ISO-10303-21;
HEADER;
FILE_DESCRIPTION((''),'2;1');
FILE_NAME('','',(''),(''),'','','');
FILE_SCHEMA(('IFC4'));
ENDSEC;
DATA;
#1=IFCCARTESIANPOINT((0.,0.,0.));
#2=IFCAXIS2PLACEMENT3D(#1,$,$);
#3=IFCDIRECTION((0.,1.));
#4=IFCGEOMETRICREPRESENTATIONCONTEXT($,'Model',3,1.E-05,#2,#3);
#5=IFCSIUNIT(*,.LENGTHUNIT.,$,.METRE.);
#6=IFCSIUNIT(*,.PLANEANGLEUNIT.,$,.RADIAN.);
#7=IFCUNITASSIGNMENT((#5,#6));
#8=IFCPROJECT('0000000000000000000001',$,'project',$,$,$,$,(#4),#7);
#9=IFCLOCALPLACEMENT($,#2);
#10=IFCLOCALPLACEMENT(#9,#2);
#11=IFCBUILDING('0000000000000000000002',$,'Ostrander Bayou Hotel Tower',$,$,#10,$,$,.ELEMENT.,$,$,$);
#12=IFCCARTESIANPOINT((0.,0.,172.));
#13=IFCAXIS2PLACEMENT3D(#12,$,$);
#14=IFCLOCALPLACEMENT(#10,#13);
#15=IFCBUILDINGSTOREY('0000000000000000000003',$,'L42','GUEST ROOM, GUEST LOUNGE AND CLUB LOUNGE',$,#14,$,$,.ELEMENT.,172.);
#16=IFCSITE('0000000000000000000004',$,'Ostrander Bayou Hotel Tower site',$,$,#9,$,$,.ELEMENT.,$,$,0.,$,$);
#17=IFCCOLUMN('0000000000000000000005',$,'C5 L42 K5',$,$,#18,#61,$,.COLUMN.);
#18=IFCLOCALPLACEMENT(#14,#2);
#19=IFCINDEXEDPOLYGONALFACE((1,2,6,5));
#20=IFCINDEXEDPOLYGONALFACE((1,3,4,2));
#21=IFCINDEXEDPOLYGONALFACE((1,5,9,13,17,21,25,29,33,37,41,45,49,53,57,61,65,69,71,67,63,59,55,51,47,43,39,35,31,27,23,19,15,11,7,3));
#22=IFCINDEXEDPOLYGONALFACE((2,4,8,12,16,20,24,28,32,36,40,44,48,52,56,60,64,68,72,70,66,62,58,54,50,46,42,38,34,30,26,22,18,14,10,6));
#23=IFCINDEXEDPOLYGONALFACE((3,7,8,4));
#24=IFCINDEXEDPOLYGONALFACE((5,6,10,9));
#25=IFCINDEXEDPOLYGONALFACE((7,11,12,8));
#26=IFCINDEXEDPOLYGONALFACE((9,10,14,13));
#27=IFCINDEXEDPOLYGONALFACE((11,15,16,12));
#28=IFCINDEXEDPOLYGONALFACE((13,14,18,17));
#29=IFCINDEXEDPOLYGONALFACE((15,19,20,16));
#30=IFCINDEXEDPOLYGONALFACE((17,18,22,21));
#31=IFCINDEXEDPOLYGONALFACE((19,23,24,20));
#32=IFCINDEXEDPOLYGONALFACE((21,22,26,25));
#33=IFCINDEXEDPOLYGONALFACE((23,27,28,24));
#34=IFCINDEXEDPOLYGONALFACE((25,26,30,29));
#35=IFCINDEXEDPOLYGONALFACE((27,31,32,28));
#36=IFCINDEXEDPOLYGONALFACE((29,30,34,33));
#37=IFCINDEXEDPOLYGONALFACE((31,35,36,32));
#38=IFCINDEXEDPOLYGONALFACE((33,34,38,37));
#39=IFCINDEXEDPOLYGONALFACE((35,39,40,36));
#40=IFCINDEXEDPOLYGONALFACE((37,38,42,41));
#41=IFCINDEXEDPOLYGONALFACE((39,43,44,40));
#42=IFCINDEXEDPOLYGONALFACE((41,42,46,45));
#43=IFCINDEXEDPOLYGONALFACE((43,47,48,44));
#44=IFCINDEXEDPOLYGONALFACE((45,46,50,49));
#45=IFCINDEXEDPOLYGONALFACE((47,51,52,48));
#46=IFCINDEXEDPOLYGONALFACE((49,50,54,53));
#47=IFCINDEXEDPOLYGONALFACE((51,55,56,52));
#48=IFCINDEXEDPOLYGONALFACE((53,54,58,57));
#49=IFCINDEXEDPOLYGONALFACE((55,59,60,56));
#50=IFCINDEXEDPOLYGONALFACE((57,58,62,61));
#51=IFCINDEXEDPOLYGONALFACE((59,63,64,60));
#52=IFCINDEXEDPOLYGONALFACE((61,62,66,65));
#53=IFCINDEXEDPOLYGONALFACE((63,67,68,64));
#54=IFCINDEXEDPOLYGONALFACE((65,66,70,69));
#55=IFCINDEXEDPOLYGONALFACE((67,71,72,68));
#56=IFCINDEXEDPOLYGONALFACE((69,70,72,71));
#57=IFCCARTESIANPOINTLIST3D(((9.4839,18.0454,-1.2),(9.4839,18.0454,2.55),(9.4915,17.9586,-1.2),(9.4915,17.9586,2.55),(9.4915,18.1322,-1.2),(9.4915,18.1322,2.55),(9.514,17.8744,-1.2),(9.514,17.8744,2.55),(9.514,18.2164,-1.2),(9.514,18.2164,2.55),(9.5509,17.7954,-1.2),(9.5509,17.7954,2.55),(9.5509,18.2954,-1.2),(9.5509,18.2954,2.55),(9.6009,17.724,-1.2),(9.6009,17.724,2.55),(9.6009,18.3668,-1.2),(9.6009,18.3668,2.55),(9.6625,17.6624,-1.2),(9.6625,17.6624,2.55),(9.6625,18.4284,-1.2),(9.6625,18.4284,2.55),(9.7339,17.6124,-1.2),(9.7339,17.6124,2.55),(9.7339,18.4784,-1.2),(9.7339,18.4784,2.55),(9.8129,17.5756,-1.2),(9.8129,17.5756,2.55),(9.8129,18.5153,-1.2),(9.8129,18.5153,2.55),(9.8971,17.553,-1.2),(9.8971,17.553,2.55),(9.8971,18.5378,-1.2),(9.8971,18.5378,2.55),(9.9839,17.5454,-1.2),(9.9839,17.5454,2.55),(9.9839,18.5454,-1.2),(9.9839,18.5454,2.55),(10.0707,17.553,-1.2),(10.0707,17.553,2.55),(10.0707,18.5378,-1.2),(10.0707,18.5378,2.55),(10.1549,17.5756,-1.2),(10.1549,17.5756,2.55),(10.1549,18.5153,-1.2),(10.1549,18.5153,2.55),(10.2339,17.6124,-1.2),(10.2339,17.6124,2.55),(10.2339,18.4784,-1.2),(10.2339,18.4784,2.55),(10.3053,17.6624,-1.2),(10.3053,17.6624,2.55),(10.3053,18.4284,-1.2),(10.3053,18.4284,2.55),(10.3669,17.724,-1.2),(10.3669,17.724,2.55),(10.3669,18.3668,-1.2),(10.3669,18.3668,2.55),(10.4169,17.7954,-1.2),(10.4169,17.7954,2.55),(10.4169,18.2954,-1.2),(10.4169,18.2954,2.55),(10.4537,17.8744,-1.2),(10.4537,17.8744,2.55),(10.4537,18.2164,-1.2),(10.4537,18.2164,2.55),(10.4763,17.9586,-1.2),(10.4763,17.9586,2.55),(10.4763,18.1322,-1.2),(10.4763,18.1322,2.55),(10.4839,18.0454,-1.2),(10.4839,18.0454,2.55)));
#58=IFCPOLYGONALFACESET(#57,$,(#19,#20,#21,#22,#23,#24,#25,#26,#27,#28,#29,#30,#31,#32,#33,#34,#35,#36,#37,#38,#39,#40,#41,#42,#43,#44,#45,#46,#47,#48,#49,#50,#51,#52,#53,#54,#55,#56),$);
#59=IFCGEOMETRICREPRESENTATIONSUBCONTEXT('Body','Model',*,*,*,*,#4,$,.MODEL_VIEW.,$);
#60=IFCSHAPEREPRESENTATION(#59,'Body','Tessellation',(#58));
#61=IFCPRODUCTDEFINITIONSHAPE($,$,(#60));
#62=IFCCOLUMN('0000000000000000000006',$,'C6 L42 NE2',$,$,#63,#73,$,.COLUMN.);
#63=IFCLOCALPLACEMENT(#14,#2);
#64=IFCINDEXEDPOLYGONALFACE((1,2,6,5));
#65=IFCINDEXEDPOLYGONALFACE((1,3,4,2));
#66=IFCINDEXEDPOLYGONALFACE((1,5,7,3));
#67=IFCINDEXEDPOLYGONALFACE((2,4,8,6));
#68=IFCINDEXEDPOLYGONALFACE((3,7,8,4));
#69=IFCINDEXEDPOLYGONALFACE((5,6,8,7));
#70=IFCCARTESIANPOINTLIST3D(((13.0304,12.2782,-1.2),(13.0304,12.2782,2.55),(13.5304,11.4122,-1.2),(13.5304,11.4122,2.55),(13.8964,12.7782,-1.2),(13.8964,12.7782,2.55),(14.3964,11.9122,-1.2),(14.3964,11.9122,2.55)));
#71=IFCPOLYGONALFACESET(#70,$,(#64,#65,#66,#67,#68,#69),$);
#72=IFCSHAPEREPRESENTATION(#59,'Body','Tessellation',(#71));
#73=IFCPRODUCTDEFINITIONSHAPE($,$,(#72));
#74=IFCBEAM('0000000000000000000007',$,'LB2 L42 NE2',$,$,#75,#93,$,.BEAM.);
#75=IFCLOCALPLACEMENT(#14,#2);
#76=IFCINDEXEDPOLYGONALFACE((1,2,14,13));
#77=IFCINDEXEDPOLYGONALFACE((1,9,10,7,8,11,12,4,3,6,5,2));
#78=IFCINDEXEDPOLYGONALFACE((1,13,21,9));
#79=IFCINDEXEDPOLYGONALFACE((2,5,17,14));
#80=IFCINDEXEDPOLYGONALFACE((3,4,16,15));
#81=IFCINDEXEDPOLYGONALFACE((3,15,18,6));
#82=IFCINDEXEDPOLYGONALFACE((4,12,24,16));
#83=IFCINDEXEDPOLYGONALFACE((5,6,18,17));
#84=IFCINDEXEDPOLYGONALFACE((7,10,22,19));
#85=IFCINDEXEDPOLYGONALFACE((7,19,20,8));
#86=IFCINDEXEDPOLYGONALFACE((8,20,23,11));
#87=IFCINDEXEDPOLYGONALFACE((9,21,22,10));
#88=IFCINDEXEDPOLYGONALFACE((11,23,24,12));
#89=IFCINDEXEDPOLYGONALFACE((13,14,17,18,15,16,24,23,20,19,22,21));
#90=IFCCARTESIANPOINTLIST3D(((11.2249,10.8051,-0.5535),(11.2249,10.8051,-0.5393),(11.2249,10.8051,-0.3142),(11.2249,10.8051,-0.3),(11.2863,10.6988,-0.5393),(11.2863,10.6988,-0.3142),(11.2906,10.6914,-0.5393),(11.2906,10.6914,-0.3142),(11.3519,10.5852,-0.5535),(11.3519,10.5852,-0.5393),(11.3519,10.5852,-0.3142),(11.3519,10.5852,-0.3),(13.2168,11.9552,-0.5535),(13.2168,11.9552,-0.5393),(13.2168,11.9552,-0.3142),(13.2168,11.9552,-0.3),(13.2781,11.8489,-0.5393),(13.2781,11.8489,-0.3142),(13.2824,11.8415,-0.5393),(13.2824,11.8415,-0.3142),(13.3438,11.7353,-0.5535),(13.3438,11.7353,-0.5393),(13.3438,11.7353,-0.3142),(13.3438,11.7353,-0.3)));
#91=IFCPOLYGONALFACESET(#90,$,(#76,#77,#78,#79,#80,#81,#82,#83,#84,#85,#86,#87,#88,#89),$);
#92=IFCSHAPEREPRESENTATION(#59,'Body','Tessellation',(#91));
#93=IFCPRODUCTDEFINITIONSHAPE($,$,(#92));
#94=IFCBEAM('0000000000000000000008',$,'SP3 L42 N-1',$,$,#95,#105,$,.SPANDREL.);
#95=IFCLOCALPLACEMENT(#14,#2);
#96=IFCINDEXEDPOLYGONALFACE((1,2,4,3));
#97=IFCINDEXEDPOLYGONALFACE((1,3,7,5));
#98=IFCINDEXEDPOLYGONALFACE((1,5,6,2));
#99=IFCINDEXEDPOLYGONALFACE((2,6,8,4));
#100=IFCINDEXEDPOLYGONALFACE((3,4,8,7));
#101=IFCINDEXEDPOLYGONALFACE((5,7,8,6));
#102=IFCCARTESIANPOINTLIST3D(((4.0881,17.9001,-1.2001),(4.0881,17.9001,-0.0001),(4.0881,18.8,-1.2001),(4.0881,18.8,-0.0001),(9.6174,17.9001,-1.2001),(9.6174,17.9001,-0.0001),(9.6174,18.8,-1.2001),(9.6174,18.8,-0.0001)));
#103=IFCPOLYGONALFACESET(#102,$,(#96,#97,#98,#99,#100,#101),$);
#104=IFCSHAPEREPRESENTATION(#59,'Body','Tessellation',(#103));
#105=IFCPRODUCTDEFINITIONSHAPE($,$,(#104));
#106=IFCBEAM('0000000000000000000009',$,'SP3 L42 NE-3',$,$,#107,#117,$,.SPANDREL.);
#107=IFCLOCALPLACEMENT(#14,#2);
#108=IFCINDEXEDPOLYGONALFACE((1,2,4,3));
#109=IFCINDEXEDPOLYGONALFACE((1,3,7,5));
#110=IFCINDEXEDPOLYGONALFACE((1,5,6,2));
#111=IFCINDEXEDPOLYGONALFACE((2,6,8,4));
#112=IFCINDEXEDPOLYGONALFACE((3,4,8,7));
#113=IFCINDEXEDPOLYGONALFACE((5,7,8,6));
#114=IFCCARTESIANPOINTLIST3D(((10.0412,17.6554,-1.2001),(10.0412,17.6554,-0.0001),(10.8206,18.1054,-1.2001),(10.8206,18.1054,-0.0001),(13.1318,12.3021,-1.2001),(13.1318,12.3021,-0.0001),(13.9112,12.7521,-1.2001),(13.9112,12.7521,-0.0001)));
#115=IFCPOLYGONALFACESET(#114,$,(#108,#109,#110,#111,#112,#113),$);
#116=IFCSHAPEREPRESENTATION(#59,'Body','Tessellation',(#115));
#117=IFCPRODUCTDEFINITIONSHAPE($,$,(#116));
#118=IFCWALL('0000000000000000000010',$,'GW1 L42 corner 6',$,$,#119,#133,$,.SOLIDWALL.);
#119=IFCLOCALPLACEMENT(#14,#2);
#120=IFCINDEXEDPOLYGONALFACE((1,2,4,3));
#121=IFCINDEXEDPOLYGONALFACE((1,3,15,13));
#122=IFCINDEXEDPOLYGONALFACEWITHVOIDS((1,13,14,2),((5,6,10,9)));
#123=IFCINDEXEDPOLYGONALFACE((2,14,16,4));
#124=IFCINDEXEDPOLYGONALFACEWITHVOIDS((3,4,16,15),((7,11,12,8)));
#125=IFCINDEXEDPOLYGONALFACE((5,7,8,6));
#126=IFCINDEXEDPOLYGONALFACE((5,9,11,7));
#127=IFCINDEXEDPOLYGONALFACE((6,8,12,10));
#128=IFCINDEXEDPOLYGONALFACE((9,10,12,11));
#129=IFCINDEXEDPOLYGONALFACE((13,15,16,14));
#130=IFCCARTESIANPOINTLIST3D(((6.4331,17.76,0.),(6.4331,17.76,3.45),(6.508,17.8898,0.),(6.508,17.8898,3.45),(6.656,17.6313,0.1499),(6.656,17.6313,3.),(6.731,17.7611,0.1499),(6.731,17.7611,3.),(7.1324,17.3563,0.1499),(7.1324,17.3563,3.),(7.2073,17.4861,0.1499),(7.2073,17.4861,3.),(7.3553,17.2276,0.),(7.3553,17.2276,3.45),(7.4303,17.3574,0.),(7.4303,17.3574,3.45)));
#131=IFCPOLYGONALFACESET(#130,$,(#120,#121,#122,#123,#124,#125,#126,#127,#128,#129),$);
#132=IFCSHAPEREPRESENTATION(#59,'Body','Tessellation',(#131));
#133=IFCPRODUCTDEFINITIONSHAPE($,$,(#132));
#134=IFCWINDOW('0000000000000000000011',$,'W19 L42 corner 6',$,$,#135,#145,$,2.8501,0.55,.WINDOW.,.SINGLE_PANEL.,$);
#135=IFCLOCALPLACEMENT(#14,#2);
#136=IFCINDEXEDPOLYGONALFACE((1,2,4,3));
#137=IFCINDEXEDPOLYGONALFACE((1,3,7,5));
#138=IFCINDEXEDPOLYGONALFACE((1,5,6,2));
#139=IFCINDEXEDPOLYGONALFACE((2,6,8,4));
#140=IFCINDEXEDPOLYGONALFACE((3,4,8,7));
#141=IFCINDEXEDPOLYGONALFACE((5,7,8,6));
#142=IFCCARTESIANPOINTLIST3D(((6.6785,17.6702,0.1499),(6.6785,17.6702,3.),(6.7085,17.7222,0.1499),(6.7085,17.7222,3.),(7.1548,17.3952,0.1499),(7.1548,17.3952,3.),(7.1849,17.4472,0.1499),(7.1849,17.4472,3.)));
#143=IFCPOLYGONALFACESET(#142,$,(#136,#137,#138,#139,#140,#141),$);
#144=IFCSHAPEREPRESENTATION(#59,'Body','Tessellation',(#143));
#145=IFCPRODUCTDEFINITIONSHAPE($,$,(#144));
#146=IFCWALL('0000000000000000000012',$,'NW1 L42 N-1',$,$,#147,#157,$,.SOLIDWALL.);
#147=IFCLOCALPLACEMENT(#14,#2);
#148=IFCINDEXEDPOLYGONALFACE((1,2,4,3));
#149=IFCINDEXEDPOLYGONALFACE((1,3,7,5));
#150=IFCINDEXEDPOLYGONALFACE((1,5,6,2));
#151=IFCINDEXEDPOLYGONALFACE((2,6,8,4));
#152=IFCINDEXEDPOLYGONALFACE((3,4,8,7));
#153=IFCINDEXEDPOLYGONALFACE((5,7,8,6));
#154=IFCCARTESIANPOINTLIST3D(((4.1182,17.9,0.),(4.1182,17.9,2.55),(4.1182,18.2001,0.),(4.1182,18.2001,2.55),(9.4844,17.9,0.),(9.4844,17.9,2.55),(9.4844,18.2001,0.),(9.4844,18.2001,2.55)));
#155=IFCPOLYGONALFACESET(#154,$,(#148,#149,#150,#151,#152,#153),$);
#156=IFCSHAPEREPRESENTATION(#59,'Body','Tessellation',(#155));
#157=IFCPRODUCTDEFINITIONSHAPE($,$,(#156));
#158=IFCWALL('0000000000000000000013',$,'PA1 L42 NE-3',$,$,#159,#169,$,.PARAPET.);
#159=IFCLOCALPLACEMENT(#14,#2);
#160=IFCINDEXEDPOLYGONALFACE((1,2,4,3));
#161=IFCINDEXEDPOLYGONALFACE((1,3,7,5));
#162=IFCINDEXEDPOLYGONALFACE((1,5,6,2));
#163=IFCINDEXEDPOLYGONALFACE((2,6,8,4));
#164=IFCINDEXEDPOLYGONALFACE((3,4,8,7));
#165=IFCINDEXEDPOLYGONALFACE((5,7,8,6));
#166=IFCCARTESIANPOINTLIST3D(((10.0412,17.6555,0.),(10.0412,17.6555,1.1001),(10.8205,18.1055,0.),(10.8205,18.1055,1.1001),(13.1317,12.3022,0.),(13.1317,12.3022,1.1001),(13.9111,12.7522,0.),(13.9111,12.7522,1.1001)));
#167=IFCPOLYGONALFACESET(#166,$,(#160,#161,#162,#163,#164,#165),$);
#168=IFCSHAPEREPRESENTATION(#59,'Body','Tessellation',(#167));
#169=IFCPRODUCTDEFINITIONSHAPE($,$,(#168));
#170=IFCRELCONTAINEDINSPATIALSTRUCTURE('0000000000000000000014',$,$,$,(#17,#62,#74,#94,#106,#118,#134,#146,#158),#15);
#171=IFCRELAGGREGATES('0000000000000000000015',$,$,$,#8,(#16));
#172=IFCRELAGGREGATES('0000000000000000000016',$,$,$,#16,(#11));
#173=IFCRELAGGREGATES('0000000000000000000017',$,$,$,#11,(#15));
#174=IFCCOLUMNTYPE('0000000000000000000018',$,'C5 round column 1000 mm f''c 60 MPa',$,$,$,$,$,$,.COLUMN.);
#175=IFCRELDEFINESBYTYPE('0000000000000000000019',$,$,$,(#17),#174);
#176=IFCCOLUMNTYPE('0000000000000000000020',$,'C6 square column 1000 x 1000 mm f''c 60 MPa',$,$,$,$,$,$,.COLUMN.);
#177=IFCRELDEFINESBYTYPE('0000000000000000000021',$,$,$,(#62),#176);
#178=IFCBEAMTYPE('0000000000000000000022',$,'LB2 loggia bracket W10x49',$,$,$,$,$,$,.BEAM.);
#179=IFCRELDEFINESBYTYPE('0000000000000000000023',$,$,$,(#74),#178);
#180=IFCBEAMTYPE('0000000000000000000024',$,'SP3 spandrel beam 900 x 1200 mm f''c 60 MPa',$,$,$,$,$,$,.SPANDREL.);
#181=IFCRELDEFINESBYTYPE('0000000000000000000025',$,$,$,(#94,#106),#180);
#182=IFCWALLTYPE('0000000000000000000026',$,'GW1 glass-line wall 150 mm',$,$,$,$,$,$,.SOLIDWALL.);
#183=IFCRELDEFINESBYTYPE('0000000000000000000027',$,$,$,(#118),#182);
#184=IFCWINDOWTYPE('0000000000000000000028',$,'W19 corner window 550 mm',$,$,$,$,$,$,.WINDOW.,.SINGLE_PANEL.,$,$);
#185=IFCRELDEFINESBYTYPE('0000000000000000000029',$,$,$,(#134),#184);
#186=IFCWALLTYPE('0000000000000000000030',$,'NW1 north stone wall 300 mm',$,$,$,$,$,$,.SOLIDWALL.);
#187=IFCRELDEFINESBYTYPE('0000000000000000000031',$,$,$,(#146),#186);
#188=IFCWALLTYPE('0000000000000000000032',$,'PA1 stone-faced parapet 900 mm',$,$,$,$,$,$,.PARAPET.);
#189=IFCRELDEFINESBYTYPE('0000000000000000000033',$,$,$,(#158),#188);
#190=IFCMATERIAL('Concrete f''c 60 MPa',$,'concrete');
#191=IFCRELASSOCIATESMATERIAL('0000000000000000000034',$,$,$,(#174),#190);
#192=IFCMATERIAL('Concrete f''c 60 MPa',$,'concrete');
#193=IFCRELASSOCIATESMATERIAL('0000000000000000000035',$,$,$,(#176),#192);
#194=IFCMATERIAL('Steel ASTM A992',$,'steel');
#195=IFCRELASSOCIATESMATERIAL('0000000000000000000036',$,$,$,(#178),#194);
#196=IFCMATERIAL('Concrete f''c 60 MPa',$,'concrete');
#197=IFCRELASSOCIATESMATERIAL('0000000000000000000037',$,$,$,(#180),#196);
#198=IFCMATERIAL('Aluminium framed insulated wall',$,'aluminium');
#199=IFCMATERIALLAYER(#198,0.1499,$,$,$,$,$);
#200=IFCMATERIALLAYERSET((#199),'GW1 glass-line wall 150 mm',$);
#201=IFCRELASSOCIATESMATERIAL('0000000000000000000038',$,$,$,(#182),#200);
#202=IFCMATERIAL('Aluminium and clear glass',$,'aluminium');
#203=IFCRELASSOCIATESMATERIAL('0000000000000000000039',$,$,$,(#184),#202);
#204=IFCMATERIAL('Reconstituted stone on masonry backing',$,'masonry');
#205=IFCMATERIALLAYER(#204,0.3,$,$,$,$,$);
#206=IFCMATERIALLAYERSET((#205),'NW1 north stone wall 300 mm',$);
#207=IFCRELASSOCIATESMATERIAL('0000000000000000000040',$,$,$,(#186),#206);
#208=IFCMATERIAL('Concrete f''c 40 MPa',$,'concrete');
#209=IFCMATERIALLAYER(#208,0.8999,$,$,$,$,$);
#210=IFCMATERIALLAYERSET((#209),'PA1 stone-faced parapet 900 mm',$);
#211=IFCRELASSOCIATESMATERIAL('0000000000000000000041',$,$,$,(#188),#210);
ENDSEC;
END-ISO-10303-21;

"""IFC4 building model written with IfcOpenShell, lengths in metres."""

from ifc_helpers import new_model, si_unit, direction, frame, frame_2d, origin, origin_2d, place, context, subcontext, project, spatial, rectangle, circle, i_section, extrude, material, layer, layer_set, material_profile, profile_set, type_object, element, fill, save


model = new_model("IFC4")

# Units and contexts
model_context = context("Model", 3, precision=1e-05, world=origin(), true_north=direction((0.0, 1.0)))
body_context = subcontext(model_context, "Body", "Model", "MODEL_VIEW")
ifc_project = project(units=[si_unit("LENGTHUNIT", "METRE"), si_unit("PLANEANGLEUNIT", "RADIAN")], contexts=[model_context])

# Site, building, storey
site_placement = place(None, origin())
site = spatial("IfcSite", under=ifc_project, at=site_placement, Name="Ostrander Bayou Hotel Tower site", CompositionType="ELEMENT", RefElevation=0.0)
building_placement = place(site_placement, origin())
building = spatial("IfcBuilding", under=site, at=building_placement, Name="Ostrander Bayou Hotel Tower", CompositionType="ELEMENT")
storey_placement = place(building_placement, frame((0.0, 0.0, 172.0)))
storey = spatial("IfcBuildingStorey", under=building, at=storey_placement, Name="L42", Description="GUEST ROOM, GUEST LOUNGE AND CLUB LOUNGE", CompositionType="ELEMENT", Elevation=172.0)

# Columns
ifc_material_1 = material(Name="Concrete f'c 60 MPa", Category="concrete")
ifc_material_profile_1 = material_profile(ifc_material_1, circle(Radius=0.5, at=origin_2d()))
ifc_profile_set_1 = profile_set([ifc_material_profile_1], Name="Concrete f'c 60 MPa")
column_type_1 = type_object("IfcColumnType", Name="C5 round column 1000 mm f'c 60 MPa", PredefinedType="COLUMN", material=ifc_profile_set_1)
column_1_placement = place(storey_placement, frame((9.9839, 18.0454, -1.2), z_axis=(0.0, 0.0, 1.0), x_axis=(1.0, 0.0, 0.0)))
element("IfcColumn", 1, at=column_1_placement, inside=storey, type_object=column_type_1, Name="C5 L42 K5", PredefinedType="COLUMN", context=body_context, shape_type="SweptSolid", body=[
    extrude(circle(Radius=0.5, at=origin_2d()), origin(), (0.0, 0.0, 1.0), 3.75),
])
ifc_material_2 = material(Name="Concrete f'c 60 MPa", Category="concrete")
ifc_material_profile_2 = material_profile(ifc_material_2, rectangle(XDim=1.0, YDim=1.0, at=origin_2d()))
ifc_profile_set_2 = profile_set([ifc_material_profile_2], Name="Concrete f'c 60 MPa")
column_type_2 = type_object("IfcColumnType", Name="C6 square column 1000 x 1000 mm f'c 60 MPa", PredefinedType="COLUMN", material=ifc_profile_set_2)
column_2_placement = place(storey_placement, frame((13.7134, 12.0952, -1.2), z_axis=(0.0, 0.0, 1.0), x_axis=(0.5, -0.866025, 0.0)))
element("IfcColumn", 2, at=column_2_placement, inside=storey, type_object=column_type_2, Name="C6 L42 NE2", PredefinedType="COLUMN", context=body_context, shape_type="SweptSolid", body=[
    extrude(rectangle(XDim=1.0, YDim=1.0, at=origin_2d()), origin(), (0.0, 0.0, 1.0), 3.75),
])

# Beams
ifc_material_3 = material(Name="Steel ASTM A992", Category="steel")
ifc_material_profile_3 = material_profile(ifc_material_3, i_section(OverallWidth=0.2539, OverallDepth=0.2534, WebThickness=0.0085, FlangeThickness=0.0142, at=origin_2d()))
ifc_profile_set_3 = profile_set([ifc_material_profile_3], Name="Steel ASTM A992")
beam_type_1 = type_object("IfcBeamType", Name="LB2 loggia bracket W10x49", PredefinedType="BEAM", material=ifc_profile_set_3)
beam_1_placement = place(storey_placement, frame((13.2803, 11.8452, -0.4268), z_axis=(-0.866007, -0.500032, 0.0), x_axis=(0.500032, -0.866007, 0.0)))
element("IfcBeam", 3, at=beam_1_placement, inside=storey, type_object=beam_type_1, Name="LB2 L42 NE2", PredefinedType="BEAM", context=body_context, shape_type="SweptSolid", body=[
    extrude(i_section(OverallWidth=0.2539, OverallDepth=0.2534, WebThickness=0.0085, FlangeThickness=0.0142, at=origin_2d()), origin(), (0.0, 0.0, 1.0), 2.3),
])
ifc_material_4 = material(Name="Concrete f'c 60 MPa", Category="concrete")
ifc_material_profile_4 = material_profile(ifc_material_4, rectangle(XDim=0.8999, YDim=1.2, at=origin_2d()))
ifc_profile_set_4 = profile_set([ifc_material_profile_4], Name="Concrete f'c 60 MPa")
beam_type_2 = type_object("IfcBeamType", Name="SP3 spandrel beam 900 x 1200 mm f'c 60 MPa", PredefinedType="SPANDREL", material=ifc_profile_set_4)
beam_2_placement = place(storey_placement, frame((9.6174, 18.3501, -0.6001), z_axis=(-1.0, 0.0, 0.0), x_axis=(0.0, -1.0, 0.0)))
element("IfcBeam", 4, at=beam_2_placement, inside=storey, type_object=beam_type_2, Name="SP3 L42 N-1", PredefinedType="SPANDREL", context=body_context, shape_type="SweptSolid", body=[
    extrude(rectangle(XDim=0.8999, YDim=1.2, at=origin_2d()), origin(), (0.0, 0.0, 1.0), 5.5293),
])
beam_3_placement = place(storey_placement, frame((13.5215, 12.5271, -0.6001), z_axis=(-0.499983, 0.866035, 0.0), x_axis=(-0.866035, -0.499983, 0.0)))
element("IfcBeam", 5, at=beam_3_placement, inside=storey, type_object=beam_type_2, Name="SP3 L42 NE-3", PredefinedType="SPANDREL", context=body_context, shape_type="SweptSolid", body=[
    extrude(rectangle(XDim=0.8999, YDim=1.2, at=origin_2d()), origin(), (0.0, 0.0, 1.0), 6.1814),
])

# Wall, opening, window
ifc_material_5 = material(Name="Aluminium framed insulated wall", Category="aluminium")
ifc_layer_1 = layer(ifc_material_5, 0.1499)
ifc_layer_set_1 = layer_set([ifc_layer_1], Name="GW1 glass-line wall 150 mm")
wall_type_1 = type_object("IfcWallType", Name="GW1 glass-line wall 150 mm", PredefinedType="SOLIDWALL", material=ifc_layer_set_1)
wall_1_placement = place(storey_placement, frame((7.3928, 17.2925, 0.0), z_axis=(0.0, 0.0, 1.0), x_axis=(-0.866048, 0.499961, 0.0)))
wall_1 = element("IfcWall", 6, at=wall_1_placement, inside=storey, type_object=wall_type_1, Name="GW1 L42 corner 6", PredefinedType="SOLIDWALL", context=body_context, shape_type="SweptSolid", body=[
    extrude(rectangle(XDim=1.0649, YDim=0.1499, at=frame_2d((0.5325, 0.0))), origin(), (0.0, 0.0, 1.0), 3.45),
])
opening_1_placement = place(wall_1_placement, frame((0.2576, 0.0, 0.1499)))
opening_1 = element("IfcOpeningElement", 7, at=opening_1_placement, cuts=wall_1, PredefinedType="OPENING", context=body_context, shape_type="SweptSolid", body=[
    extrude(rectangle(XDim=0.55, YDim=2.8501, at=frame_2d((0.2749, 1.425))), frame((0.0, 0.075, 0.0), z_axis=(0.0, -1.0, 0.0), x_axis=(1.0, 0.0, 0.0)), (0.0, 0.0, 1.0), 0.1499),
])
ifc_material_6 = material(Name="Aluminium and clear glass", Category="aluminium")
window_type = type_object("IfcWindowType", Name="W19 corner window 550 mm", PartitioningType="SINGLE_PANEL", PredefinedType="WINDOW", material=ifc_material_6)
window_placement = place(opening_1_placement, origin())
window = element("IfcWindow", 8, at=window_placement, inside=storey, type_object=window_type, Name="W19 L42 corner 6", OverallHeight=2.8501, OverallWidth=0.55, PartitioningType="SINGLE_PANEL", PredefinedType="WINDOW", context=body_context, shape_type="SweptSolid", body=[
    extrude(rectangle(XDim=0.55, YDim=2.8501, at=frame_2d((0.2749, 1.425))), frame((0.0, 0.03, 0.0), z_axis=(0.0, -1.0, 0.0), x_axis=(1.0, 0.0, 0.0)), (0.0, 0.0, 1.0), 0.0601),
])
fill(opening_1, window)

# Walls
ifc_material_7 = material(Name="Reconstituted stone on masonry backing", Category="masonry")
ifc_layer_2 = layer(ifc_material_7, 0.3)
ifc_layer_set_2 = layer_set([ifc_layer_2], Name="NW1 north stone wall 300 mm")
wall_type_2 = type_object("IfcWallType", Name="NW1 north stone wall 300 mm", PredefinedType="SOLIDWALL", material=ifc_layer_set_2)
wall_2_placement = place(storey_placement, frame((9.4844, 18.05, 0.0), z_axis=(0.0, 0.0, 1.0), x_axis=(-1.0, 0.0, 0.0)))
element("IfcWall", 9, at=wall_2_placement, inside=storey, type_object=wall_type_2, Name="NW1 L42 N-1", PredefinedType="SOLIDWALL", context=body_context, shape_type="SweptSolid", body=[
    extrude(rectangle(XDim=5.3662, YDim=0.3, at=frame_2d((2.6831, 0.0))), origin(), (0.0, 0.0, 1.0), 2.55),
])
ifc_material_8 = material(Name="Concrete f'c 40 MPa", Category="concrete")
ifc_layer_3 = layer(ifc_material_8, 0.8999)
ifc_layer_set_3 = layer_set([ifc_layer_3], Name="PA1 stone-faced parapet 900 mm")
wall_type_3 = type_object("IfcWallType", Name="PA1 stone-faced parapet 900 mm", PredefinedType="PARAPET", material=ifc_layer_set_3)
wall_3_placement = place(storey_placement, frame((13.5215, 12.5271, 0.0), z_axis=(0.0, 0.0, 1.0), x_axis=(-0.499983, 0.866035, 0.0)))
element("IfcWall", 10, at=wall_3_placement, inside=storey, type_object=wall_type_3, Name="PA1 L42 NE-3", PredefinedType="PARAPET", context=body_context, shape_type="SweptSolid", body=[
    extrude(rectangle(XDim=6.1814, YDim=0.8999, at=frame_2d((3.0908, 0.0))), origin(), (0.0, 0.0, 1.0), 1.1001),
])

save(model, "model.ifc")
